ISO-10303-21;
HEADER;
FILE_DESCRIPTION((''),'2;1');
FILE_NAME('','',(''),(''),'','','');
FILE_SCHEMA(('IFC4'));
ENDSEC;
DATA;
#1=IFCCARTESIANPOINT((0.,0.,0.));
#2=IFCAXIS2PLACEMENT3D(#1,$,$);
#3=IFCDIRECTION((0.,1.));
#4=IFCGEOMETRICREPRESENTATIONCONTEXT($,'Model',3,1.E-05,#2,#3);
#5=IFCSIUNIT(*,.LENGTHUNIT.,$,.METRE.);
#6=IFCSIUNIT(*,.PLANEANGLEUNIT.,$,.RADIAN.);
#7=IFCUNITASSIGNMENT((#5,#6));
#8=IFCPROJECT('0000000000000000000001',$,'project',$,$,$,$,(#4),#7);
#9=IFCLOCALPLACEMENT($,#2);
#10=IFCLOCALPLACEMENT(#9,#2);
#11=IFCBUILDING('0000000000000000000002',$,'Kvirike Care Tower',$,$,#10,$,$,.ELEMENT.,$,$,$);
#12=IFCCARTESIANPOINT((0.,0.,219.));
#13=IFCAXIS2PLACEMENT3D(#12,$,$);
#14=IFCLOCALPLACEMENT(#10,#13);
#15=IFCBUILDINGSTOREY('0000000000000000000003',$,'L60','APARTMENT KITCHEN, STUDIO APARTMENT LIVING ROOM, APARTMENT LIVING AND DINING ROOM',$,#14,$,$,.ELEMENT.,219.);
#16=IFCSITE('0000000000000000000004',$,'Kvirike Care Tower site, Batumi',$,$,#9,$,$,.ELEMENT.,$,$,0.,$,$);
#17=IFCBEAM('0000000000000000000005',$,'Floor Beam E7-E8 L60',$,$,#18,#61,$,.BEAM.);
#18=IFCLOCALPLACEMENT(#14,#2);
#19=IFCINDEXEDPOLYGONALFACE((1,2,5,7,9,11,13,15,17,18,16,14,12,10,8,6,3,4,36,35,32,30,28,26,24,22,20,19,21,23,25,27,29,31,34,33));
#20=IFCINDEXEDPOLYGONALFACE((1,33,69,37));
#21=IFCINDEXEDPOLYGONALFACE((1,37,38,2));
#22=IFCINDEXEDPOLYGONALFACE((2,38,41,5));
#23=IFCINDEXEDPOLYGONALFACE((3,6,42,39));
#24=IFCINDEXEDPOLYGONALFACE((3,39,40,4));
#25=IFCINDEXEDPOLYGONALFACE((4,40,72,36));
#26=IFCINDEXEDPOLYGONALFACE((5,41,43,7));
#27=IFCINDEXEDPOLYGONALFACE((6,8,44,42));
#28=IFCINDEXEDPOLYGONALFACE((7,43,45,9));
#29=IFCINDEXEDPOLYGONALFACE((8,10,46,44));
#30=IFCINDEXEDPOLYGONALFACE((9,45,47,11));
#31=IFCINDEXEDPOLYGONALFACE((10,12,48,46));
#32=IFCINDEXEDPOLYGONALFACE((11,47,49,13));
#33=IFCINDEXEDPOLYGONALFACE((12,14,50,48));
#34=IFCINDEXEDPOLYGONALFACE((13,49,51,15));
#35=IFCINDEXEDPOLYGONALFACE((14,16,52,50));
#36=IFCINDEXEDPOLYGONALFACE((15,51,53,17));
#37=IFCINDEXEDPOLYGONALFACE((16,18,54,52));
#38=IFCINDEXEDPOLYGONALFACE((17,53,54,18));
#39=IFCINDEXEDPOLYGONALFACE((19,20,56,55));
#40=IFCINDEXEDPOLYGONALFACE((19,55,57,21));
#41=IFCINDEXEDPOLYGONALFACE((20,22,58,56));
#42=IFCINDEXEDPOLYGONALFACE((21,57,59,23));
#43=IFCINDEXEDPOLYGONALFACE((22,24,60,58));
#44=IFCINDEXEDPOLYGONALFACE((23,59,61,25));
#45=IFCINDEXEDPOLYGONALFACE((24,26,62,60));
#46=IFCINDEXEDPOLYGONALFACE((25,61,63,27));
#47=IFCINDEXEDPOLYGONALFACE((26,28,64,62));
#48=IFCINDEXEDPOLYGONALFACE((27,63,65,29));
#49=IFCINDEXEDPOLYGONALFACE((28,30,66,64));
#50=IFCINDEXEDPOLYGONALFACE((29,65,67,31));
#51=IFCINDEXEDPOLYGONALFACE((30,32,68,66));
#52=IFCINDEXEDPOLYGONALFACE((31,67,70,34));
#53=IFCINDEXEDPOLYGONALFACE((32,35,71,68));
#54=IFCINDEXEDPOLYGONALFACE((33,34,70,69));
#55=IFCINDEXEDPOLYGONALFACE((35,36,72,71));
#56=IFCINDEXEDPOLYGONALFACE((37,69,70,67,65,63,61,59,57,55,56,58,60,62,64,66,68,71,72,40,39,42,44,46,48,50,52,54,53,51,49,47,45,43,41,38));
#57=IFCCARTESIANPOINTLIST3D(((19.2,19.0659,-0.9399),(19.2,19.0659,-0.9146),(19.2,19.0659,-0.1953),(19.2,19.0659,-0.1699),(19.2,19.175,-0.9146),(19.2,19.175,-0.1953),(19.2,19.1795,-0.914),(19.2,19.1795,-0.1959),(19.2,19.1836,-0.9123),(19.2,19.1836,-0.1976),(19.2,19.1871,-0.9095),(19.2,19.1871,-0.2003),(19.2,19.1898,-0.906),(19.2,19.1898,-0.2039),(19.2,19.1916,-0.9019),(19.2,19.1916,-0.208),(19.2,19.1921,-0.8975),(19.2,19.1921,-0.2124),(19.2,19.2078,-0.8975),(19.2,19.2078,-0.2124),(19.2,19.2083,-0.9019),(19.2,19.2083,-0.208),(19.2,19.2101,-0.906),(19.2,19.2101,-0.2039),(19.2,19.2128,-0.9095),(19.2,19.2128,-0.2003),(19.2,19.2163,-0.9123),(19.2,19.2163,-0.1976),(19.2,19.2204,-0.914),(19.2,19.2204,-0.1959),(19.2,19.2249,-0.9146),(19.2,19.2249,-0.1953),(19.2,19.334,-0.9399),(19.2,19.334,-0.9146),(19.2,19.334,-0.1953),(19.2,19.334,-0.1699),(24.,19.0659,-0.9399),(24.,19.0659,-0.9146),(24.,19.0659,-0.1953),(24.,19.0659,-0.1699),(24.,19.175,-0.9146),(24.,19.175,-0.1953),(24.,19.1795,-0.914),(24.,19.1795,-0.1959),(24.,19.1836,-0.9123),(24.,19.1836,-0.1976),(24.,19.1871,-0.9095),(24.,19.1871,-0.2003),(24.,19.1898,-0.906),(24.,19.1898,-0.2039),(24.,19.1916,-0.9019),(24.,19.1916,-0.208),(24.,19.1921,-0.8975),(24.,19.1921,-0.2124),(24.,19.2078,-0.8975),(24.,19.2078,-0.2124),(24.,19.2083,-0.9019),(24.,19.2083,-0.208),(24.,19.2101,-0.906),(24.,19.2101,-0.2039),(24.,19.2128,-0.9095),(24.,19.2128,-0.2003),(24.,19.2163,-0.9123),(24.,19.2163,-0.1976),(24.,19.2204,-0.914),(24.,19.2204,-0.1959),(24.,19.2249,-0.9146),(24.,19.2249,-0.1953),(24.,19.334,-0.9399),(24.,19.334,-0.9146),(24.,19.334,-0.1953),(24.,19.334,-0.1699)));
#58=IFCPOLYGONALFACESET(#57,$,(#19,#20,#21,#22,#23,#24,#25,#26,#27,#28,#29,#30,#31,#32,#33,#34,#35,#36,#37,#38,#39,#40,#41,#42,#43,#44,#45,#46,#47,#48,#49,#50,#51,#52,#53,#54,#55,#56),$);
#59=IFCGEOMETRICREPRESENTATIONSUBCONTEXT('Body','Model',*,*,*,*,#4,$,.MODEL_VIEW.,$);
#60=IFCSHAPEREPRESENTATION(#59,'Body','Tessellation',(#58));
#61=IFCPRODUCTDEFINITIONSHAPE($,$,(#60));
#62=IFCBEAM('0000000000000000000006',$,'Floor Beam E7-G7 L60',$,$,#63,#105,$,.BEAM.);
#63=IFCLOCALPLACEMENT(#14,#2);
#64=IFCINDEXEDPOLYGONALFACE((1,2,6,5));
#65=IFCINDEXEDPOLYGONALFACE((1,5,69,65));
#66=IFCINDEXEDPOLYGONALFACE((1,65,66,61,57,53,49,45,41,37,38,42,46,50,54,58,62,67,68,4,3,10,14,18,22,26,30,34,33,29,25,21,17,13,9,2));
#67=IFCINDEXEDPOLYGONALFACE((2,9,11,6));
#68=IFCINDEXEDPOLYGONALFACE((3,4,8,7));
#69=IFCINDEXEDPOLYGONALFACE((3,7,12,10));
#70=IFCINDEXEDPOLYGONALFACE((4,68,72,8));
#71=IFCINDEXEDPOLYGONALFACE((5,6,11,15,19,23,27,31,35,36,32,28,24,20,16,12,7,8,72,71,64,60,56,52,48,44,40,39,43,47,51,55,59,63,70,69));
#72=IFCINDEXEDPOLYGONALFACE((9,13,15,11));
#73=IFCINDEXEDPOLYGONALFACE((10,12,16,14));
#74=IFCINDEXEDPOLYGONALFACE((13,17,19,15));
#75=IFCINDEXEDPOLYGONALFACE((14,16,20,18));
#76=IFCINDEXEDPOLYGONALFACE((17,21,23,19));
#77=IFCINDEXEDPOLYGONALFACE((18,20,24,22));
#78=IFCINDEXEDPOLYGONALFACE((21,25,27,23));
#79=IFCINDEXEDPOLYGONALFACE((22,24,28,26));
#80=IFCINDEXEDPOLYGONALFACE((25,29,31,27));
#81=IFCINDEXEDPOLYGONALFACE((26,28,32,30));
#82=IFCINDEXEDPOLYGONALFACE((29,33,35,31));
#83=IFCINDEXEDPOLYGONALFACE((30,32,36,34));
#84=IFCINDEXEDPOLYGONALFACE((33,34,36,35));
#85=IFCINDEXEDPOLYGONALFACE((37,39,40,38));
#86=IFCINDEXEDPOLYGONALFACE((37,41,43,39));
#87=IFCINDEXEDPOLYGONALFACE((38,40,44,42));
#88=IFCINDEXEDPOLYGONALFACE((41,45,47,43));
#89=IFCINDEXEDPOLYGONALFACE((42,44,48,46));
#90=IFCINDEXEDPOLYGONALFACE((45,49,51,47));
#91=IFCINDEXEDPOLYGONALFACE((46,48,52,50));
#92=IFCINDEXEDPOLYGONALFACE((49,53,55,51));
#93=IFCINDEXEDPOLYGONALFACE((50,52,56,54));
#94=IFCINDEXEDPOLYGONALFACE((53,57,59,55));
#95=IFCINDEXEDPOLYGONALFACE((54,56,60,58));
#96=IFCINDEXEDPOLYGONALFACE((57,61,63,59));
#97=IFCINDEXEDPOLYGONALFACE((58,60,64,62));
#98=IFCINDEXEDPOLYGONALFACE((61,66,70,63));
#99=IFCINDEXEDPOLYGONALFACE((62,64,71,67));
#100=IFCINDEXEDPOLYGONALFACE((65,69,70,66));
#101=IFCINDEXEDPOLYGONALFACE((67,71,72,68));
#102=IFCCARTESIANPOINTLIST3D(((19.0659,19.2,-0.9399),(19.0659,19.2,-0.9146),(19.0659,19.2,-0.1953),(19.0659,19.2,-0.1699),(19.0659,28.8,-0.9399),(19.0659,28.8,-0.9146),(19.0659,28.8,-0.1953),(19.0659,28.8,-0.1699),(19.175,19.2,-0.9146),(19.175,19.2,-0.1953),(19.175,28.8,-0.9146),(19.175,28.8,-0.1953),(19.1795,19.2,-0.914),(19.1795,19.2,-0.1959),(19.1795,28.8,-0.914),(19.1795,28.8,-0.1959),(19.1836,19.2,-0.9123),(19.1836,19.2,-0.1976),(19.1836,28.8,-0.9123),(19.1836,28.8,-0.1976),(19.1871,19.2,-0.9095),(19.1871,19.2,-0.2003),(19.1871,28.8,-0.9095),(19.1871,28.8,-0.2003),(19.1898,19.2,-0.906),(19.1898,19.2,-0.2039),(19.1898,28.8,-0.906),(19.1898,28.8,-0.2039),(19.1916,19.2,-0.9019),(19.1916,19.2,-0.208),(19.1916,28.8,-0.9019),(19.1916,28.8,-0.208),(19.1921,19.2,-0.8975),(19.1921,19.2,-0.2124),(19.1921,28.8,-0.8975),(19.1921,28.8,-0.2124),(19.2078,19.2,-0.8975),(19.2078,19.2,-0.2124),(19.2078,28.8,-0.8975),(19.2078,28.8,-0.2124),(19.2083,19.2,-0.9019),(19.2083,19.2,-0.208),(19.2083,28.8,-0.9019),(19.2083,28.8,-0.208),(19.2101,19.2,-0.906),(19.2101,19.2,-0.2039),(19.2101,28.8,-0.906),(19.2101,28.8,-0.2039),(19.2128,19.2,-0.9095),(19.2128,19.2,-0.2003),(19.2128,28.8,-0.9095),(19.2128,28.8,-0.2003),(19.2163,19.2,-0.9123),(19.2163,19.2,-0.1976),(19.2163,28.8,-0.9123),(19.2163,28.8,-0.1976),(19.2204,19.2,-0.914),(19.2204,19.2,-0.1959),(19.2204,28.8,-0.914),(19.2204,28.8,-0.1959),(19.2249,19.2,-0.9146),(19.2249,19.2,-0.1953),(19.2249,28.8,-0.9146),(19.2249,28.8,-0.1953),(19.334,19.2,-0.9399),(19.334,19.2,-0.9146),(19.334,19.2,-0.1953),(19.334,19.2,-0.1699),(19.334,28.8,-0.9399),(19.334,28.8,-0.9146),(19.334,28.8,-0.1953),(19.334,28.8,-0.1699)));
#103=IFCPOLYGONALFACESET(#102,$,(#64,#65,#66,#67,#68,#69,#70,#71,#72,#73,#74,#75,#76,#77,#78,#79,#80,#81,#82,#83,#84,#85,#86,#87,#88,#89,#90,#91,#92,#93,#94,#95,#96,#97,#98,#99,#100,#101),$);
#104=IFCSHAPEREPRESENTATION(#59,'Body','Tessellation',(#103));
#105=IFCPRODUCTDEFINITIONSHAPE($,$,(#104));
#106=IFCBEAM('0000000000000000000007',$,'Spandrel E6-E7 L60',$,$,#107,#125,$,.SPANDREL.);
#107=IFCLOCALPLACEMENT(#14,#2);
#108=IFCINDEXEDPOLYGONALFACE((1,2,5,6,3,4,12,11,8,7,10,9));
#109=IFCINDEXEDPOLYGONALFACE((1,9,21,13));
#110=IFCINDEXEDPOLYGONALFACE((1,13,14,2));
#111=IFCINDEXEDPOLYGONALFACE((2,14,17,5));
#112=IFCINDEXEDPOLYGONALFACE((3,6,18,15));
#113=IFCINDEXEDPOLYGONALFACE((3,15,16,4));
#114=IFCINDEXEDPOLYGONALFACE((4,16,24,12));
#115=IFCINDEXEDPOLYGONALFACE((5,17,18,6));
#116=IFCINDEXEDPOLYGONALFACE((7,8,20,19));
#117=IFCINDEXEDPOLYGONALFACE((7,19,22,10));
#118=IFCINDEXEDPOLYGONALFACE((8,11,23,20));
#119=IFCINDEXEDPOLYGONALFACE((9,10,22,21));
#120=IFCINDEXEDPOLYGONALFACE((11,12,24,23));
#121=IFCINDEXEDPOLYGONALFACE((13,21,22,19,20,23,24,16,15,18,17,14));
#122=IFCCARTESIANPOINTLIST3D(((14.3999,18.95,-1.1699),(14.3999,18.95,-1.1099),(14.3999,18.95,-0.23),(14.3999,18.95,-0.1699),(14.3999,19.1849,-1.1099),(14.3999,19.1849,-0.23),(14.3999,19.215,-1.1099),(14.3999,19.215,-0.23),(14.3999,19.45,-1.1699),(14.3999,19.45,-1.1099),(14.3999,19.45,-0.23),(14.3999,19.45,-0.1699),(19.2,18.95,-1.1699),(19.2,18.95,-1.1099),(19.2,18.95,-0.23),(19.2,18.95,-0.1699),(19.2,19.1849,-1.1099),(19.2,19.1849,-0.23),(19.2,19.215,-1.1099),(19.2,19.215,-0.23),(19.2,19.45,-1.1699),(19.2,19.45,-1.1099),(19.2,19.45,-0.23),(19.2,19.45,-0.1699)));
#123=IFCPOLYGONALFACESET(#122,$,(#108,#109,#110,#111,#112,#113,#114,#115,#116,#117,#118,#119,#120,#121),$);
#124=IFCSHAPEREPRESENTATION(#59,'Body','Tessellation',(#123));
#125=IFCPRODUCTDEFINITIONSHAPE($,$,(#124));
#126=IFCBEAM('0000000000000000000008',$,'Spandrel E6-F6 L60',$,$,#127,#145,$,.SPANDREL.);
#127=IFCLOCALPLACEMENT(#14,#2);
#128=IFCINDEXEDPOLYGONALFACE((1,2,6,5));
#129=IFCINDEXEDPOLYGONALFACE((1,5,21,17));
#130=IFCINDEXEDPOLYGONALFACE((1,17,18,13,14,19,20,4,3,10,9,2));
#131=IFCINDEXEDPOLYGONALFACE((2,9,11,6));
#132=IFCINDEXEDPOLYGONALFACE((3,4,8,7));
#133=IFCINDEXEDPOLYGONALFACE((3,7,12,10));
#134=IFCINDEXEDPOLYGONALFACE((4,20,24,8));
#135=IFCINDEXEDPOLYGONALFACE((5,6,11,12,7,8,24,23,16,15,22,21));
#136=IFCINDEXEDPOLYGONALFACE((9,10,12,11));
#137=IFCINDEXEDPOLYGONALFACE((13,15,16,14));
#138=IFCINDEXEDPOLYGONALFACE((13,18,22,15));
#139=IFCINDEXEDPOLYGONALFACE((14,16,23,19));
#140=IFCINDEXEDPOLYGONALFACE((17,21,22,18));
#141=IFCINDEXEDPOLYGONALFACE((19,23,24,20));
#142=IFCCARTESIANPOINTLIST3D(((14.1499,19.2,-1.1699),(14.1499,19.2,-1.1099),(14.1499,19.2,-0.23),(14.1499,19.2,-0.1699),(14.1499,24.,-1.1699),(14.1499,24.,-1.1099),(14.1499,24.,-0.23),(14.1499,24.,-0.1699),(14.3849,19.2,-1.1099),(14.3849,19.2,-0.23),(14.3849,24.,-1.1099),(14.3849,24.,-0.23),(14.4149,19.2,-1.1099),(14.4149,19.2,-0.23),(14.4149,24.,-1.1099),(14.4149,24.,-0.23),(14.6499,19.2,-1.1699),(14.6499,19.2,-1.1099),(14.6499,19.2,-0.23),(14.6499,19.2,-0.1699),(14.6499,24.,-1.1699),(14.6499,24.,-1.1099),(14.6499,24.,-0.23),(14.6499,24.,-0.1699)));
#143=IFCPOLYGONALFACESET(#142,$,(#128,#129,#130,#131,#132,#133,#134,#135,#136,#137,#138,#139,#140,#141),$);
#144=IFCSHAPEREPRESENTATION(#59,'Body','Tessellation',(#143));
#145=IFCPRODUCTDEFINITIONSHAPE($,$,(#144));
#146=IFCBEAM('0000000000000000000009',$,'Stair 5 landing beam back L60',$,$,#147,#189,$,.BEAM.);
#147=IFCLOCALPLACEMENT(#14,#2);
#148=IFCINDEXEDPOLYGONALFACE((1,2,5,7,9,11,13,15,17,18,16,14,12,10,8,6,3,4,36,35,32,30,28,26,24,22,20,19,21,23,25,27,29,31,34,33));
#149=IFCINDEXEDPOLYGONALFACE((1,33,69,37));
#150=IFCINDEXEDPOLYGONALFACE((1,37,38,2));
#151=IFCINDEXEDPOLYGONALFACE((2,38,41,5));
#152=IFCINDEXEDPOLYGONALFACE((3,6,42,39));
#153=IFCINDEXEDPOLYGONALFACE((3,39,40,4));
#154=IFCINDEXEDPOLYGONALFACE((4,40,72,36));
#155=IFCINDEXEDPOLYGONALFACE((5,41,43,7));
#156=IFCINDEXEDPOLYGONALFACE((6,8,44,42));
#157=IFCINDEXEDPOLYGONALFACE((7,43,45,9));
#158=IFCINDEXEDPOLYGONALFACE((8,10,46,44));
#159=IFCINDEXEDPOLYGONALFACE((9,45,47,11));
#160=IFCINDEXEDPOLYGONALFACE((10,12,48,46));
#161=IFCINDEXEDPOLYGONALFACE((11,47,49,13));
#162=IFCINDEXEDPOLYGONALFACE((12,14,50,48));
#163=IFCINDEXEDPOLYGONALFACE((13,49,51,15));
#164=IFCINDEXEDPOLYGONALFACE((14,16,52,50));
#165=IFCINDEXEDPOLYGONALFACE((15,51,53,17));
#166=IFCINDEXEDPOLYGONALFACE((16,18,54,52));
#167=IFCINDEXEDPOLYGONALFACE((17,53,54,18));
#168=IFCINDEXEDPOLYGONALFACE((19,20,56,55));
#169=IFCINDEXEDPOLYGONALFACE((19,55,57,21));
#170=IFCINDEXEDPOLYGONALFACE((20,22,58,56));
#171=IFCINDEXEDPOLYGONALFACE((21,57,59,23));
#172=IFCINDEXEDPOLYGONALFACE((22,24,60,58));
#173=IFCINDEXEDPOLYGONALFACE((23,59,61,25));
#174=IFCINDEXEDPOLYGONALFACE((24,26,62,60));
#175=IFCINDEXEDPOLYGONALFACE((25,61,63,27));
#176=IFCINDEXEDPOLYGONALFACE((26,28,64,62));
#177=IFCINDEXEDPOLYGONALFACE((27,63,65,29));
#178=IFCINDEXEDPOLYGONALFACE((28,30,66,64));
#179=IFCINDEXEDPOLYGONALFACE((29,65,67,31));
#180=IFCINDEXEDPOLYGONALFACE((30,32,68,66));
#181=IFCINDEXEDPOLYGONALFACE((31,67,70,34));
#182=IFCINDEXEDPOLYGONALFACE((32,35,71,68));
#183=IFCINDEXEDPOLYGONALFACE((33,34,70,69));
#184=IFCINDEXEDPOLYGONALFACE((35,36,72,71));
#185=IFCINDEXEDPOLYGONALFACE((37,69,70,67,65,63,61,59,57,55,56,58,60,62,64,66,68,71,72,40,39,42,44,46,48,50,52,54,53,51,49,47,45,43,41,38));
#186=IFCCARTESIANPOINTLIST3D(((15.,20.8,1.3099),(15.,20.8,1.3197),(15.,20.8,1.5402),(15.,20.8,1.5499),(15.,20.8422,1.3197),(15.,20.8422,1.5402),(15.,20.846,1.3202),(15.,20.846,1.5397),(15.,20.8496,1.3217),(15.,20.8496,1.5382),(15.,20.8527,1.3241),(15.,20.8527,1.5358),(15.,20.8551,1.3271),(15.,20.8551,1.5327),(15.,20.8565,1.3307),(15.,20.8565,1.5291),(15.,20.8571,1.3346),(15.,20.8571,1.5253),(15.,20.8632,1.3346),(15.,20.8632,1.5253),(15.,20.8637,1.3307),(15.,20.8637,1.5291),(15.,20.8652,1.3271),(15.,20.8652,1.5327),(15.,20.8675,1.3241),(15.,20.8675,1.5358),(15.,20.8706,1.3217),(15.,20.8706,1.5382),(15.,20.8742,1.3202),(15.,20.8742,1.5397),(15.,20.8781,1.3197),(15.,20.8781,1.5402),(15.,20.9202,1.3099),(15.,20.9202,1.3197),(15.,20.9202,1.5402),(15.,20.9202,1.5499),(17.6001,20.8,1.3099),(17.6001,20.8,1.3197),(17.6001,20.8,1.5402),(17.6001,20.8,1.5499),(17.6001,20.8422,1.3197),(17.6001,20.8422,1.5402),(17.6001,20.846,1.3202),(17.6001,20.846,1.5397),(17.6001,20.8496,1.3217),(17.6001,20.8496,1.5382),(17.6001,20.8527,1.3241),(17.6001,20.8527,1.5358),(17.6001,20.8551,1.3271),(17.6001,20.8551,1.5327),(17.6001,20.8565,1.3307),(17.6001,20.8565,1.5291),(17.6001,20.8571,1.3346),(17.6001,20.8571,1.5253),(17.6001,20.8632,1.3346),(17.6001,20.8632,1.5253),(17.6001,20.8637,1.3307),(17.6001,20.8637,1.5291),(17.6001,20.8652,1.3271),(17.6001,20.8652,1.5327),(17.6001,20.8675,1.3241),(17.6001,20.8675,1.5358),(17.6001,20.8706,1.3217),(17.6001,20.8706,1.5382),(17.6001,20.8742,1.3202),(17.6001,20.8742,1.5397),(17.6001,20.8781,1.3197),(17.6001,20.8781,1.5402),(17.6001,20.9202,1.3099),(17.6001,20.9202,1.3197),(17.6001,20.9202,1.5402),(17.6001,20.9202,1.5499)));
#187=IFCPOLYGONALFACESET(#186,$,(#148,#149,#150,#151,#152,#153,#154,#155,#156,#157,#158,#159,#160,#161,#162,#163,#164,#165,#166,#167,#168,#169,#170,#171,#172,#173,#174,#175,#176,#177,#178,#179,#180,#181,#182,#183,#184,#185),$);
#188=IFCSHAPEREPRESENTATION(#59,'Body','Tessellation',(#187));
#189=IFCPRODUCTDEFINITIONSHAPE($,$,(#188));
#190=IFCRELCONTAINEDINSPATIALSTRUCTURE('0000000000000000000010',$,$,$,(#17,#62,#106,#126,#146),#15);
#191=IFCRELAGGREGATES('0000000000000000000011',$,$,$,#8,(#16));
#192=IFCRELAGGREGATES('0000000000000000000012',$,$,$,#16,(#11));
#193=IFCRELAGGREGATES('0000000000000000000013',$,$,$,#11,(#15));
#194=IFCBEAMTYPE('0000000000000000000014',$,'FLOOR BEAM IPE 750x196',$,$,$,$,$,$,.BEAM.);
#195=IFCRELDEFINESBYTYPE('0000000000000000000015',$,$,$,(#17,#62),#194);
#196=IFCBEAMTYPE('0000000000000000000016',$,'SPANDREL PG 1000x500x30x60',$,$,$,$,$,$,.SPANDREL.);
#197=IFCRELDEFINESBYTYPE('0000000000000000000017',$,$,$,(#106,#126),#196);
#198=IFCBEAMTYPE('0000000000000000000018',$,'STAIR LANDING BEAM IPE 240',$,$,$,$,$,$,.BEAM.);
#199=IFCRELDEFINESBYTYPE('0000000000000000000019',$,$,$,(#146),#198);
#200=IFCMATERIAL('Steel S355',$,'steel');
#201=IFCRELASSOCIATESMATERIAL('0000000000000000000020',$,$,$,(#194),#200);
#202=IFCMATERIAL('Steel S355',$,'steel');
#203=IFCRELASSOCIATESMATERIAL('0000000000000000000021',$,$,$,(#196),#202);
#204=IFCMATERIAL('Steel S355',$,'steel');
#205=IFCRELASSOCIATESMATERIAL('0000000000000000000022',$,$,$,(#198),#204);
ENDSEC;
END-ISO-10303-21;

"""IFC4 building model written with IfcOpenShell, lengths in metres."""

from ifc_helpers import new_model, si_unit, direction, frame, origin, origin_2d, place, context, subcontext, project, spatial, i_section, extrude, material, material_profile, profile_set, type_object, element, save


model = new_model("IFC4")

# Units and contexts
model_context = context("Model", 3, precision=1e-05, world=origin(), true_north=direction((0.0, 1.0)))
body_context = subcontext(model_context, "Body", "Model", "MODEL_VIEW")
ifc_project = project(units=[si_unit("LENGTHUNIT", "METRE"), si_unit("PLANEANGLEUNIT", "RADIAN")], contexts=[model_context])

# Site, building, storey
site_placement = place(None, origin())
site = spatial("IfcSite", under=ifc_project, at=site_placement, Name="Kvirike Care Tower site, Batumi", CompositionType="ELEMENT", RefElevation=0.0)
building_placement = place(site_placement, origin())
building = spatial("IfcBuilding", under=site, at=building_placement, Name="Kvirike Care Tower", CompositionType="ELEMENT")
storey_placement = place(building_placement, frame((0.0, 0.0, 219.0)))
storey = spatial("IfcBuildingStorey", under=building, at=storey_placement, Name="L60", Description="APARTMENT KITCHEN, STUDIO APARTMENT LIVING ROOM, APARTMENT LIVING AND DINING ROOM", CompositionType="ELEMENT", Elevation=219.0)

# Beams
ifc_material_1 = material(Name="Steel S355", Category="steel")
ifc_material_profile_1 = material_profile(ifc_material_1, i_section(OverallWidth=0.2681, OverallDepth=0.77, WebThickness=0.0156, FlangeThickness=0.0254, FilletRadius=0.0171, at=origin_2d()), Name="IPE 750x196")
ifc_profile_set_1 = profile_set([ifc_material_profile_1], Name="Steel S355")
beam_type_1 = type_object("IfcBeamType", Name="FLOOR BEAM IPE 750x196", PredefinedType="BEAM", material=ifc_profile_set_1)
beam_1_placement = place(storey_placement, frame((19.2, 19.2, -0.5549), z_axis=(1.0, 0.0, 0.0), x_axis=(0.0, 1.0, 0.0)))
element("IfcBeam", 1, at=beam_1_placement, inside=storey, type_object=beam_type_1, Name="Floor Beam E7-E8 L60", PredefinedType="BEAM", context=body_context, shape_type="SweptSolid", body=[
    extrude(i_section(OverallWidth=0.2681, OverallDepth=0.77, WebThickness=0.0156, FlangeThickness=0.0254, FilletRadius=0.0171, at=origin_2d()), origin(), (0.0, 0.0, 1.0), 4.8),
])
beam_2_placement = place(storey_placement, frame((19.2, 19.2, -0.5549), z_axis=(0.0, 1.0, 0.0), x_axis=(-1.0, 0.0, 0.0)))
element("IfcBeam", 2, at=beam_2_placement, inside=storey, type_object=beam_type_1, Name="Floor Beam E7-G7 L60", PredefinedType="BEAM", context=body_context, shape_type="SweptSolid", body=[
    extrude(i_section(OverallWidth=0.2681, OverallDepth=0.77, WebThickness=0.0156, FlangeThickness=0.0254, FilletRadius=0.0171, at=origin_2d()), origin(), (0.0, 0.0, 1.0), 9.6001),
])
ifc_material_2 = material(Name="Steel S355", Category="steel")
ifc_material_profile_2 = material_profile(ifc_material_2, i_section(OverallWidth=0.5, OverallDepth=1.0, WebThickness=0.03, FlangeThickness=0.0601, at=origin_2d()), Name="PG 1000x500x30x60")
ifc_profile_set_2 = profile_set([ifc_material_profile_2], Name="Steel S355")
beam_type_2 = type_object("IfcBeamType", Name="SPANDREL PG 1000x500x30x60", PredefinedType="SPANDREL", material=ifc_profile_set_2)
for number, where, z_axis, x_axis, name in (
    (3, (14.3999, 19.2, -0.6699), (1.0, 0.0, 0.0), (0.0, 1.0, 0.0), "Spandrel E6-E7 L60"),
    (4, (14.3999, 19.2, -0.6699), (0.0, 1.0, 0.0), (-1.0, 0.0, 0.0), "Spandrel E6-F6 L60"),
):
    element("IfcBeam", number, at=place(storey_placement, frame(where, z_axis=z_axis, x_axis=x_axis)), inside=storey, type_object=beam_type_2, Name=name, PredefinedType="SPANDREL", context=body_context, shape_type="SweptSolid", body=[
        extrude(i_section(OverallWidth=0.5, OverallDepth=1.0, WebThickness=0.03, FlangeThickness=0.0601, at=origin_2d()), origin(), (0.0, 0.0, 1.0), 4.8),
    ])
ifc_material_3 = material(Name="Steel S355", Category="steel")
ifc_material_profile_3 = material_profile(ifc_material_3, i_section(OverallWidth=0.1201, OverallDepth=0.24, WebThickness=0.0061, FlangeThickness=0.0098, FilletRadius=0.0149, at=origin_2d()), Name="IPE 240")
ifc_profile_set_3 = profile_set([ifc_material_profile_3], Name="Steel S355")
beam_type_3 = type_object("IfcBeamType", Name="STAIR LANDING BEAM IPE 240", PredefinedType="BEAM", material=ifc_profile_set_3)
beam_3_placement = place(storey_placement, frame((15.0, 20.8601, 1.4299), z_axis=(1.0, 0.0, 0.0), x_axis=(0.0, 1.0, 0.0)))
element("IfcBeam", 5, at=beam_3_placement, inside=storey, type_object=beam_type_3, Name="Stair 5 landing beam back L60", PredefinedType="BEAM", context=body_context, shape_type="SweptSolid", body=[
    extrude(i_section(OverallWidth=0.1201, OverallDepth=0.24, WebThickness=0.0061, FlangeThickness=0.0098, FilletRadius=0.0149, at=origin_2d()), origin(), (0.0, 0.0, 1.0), 2.6001),
])

save(model, "model.ifc")
